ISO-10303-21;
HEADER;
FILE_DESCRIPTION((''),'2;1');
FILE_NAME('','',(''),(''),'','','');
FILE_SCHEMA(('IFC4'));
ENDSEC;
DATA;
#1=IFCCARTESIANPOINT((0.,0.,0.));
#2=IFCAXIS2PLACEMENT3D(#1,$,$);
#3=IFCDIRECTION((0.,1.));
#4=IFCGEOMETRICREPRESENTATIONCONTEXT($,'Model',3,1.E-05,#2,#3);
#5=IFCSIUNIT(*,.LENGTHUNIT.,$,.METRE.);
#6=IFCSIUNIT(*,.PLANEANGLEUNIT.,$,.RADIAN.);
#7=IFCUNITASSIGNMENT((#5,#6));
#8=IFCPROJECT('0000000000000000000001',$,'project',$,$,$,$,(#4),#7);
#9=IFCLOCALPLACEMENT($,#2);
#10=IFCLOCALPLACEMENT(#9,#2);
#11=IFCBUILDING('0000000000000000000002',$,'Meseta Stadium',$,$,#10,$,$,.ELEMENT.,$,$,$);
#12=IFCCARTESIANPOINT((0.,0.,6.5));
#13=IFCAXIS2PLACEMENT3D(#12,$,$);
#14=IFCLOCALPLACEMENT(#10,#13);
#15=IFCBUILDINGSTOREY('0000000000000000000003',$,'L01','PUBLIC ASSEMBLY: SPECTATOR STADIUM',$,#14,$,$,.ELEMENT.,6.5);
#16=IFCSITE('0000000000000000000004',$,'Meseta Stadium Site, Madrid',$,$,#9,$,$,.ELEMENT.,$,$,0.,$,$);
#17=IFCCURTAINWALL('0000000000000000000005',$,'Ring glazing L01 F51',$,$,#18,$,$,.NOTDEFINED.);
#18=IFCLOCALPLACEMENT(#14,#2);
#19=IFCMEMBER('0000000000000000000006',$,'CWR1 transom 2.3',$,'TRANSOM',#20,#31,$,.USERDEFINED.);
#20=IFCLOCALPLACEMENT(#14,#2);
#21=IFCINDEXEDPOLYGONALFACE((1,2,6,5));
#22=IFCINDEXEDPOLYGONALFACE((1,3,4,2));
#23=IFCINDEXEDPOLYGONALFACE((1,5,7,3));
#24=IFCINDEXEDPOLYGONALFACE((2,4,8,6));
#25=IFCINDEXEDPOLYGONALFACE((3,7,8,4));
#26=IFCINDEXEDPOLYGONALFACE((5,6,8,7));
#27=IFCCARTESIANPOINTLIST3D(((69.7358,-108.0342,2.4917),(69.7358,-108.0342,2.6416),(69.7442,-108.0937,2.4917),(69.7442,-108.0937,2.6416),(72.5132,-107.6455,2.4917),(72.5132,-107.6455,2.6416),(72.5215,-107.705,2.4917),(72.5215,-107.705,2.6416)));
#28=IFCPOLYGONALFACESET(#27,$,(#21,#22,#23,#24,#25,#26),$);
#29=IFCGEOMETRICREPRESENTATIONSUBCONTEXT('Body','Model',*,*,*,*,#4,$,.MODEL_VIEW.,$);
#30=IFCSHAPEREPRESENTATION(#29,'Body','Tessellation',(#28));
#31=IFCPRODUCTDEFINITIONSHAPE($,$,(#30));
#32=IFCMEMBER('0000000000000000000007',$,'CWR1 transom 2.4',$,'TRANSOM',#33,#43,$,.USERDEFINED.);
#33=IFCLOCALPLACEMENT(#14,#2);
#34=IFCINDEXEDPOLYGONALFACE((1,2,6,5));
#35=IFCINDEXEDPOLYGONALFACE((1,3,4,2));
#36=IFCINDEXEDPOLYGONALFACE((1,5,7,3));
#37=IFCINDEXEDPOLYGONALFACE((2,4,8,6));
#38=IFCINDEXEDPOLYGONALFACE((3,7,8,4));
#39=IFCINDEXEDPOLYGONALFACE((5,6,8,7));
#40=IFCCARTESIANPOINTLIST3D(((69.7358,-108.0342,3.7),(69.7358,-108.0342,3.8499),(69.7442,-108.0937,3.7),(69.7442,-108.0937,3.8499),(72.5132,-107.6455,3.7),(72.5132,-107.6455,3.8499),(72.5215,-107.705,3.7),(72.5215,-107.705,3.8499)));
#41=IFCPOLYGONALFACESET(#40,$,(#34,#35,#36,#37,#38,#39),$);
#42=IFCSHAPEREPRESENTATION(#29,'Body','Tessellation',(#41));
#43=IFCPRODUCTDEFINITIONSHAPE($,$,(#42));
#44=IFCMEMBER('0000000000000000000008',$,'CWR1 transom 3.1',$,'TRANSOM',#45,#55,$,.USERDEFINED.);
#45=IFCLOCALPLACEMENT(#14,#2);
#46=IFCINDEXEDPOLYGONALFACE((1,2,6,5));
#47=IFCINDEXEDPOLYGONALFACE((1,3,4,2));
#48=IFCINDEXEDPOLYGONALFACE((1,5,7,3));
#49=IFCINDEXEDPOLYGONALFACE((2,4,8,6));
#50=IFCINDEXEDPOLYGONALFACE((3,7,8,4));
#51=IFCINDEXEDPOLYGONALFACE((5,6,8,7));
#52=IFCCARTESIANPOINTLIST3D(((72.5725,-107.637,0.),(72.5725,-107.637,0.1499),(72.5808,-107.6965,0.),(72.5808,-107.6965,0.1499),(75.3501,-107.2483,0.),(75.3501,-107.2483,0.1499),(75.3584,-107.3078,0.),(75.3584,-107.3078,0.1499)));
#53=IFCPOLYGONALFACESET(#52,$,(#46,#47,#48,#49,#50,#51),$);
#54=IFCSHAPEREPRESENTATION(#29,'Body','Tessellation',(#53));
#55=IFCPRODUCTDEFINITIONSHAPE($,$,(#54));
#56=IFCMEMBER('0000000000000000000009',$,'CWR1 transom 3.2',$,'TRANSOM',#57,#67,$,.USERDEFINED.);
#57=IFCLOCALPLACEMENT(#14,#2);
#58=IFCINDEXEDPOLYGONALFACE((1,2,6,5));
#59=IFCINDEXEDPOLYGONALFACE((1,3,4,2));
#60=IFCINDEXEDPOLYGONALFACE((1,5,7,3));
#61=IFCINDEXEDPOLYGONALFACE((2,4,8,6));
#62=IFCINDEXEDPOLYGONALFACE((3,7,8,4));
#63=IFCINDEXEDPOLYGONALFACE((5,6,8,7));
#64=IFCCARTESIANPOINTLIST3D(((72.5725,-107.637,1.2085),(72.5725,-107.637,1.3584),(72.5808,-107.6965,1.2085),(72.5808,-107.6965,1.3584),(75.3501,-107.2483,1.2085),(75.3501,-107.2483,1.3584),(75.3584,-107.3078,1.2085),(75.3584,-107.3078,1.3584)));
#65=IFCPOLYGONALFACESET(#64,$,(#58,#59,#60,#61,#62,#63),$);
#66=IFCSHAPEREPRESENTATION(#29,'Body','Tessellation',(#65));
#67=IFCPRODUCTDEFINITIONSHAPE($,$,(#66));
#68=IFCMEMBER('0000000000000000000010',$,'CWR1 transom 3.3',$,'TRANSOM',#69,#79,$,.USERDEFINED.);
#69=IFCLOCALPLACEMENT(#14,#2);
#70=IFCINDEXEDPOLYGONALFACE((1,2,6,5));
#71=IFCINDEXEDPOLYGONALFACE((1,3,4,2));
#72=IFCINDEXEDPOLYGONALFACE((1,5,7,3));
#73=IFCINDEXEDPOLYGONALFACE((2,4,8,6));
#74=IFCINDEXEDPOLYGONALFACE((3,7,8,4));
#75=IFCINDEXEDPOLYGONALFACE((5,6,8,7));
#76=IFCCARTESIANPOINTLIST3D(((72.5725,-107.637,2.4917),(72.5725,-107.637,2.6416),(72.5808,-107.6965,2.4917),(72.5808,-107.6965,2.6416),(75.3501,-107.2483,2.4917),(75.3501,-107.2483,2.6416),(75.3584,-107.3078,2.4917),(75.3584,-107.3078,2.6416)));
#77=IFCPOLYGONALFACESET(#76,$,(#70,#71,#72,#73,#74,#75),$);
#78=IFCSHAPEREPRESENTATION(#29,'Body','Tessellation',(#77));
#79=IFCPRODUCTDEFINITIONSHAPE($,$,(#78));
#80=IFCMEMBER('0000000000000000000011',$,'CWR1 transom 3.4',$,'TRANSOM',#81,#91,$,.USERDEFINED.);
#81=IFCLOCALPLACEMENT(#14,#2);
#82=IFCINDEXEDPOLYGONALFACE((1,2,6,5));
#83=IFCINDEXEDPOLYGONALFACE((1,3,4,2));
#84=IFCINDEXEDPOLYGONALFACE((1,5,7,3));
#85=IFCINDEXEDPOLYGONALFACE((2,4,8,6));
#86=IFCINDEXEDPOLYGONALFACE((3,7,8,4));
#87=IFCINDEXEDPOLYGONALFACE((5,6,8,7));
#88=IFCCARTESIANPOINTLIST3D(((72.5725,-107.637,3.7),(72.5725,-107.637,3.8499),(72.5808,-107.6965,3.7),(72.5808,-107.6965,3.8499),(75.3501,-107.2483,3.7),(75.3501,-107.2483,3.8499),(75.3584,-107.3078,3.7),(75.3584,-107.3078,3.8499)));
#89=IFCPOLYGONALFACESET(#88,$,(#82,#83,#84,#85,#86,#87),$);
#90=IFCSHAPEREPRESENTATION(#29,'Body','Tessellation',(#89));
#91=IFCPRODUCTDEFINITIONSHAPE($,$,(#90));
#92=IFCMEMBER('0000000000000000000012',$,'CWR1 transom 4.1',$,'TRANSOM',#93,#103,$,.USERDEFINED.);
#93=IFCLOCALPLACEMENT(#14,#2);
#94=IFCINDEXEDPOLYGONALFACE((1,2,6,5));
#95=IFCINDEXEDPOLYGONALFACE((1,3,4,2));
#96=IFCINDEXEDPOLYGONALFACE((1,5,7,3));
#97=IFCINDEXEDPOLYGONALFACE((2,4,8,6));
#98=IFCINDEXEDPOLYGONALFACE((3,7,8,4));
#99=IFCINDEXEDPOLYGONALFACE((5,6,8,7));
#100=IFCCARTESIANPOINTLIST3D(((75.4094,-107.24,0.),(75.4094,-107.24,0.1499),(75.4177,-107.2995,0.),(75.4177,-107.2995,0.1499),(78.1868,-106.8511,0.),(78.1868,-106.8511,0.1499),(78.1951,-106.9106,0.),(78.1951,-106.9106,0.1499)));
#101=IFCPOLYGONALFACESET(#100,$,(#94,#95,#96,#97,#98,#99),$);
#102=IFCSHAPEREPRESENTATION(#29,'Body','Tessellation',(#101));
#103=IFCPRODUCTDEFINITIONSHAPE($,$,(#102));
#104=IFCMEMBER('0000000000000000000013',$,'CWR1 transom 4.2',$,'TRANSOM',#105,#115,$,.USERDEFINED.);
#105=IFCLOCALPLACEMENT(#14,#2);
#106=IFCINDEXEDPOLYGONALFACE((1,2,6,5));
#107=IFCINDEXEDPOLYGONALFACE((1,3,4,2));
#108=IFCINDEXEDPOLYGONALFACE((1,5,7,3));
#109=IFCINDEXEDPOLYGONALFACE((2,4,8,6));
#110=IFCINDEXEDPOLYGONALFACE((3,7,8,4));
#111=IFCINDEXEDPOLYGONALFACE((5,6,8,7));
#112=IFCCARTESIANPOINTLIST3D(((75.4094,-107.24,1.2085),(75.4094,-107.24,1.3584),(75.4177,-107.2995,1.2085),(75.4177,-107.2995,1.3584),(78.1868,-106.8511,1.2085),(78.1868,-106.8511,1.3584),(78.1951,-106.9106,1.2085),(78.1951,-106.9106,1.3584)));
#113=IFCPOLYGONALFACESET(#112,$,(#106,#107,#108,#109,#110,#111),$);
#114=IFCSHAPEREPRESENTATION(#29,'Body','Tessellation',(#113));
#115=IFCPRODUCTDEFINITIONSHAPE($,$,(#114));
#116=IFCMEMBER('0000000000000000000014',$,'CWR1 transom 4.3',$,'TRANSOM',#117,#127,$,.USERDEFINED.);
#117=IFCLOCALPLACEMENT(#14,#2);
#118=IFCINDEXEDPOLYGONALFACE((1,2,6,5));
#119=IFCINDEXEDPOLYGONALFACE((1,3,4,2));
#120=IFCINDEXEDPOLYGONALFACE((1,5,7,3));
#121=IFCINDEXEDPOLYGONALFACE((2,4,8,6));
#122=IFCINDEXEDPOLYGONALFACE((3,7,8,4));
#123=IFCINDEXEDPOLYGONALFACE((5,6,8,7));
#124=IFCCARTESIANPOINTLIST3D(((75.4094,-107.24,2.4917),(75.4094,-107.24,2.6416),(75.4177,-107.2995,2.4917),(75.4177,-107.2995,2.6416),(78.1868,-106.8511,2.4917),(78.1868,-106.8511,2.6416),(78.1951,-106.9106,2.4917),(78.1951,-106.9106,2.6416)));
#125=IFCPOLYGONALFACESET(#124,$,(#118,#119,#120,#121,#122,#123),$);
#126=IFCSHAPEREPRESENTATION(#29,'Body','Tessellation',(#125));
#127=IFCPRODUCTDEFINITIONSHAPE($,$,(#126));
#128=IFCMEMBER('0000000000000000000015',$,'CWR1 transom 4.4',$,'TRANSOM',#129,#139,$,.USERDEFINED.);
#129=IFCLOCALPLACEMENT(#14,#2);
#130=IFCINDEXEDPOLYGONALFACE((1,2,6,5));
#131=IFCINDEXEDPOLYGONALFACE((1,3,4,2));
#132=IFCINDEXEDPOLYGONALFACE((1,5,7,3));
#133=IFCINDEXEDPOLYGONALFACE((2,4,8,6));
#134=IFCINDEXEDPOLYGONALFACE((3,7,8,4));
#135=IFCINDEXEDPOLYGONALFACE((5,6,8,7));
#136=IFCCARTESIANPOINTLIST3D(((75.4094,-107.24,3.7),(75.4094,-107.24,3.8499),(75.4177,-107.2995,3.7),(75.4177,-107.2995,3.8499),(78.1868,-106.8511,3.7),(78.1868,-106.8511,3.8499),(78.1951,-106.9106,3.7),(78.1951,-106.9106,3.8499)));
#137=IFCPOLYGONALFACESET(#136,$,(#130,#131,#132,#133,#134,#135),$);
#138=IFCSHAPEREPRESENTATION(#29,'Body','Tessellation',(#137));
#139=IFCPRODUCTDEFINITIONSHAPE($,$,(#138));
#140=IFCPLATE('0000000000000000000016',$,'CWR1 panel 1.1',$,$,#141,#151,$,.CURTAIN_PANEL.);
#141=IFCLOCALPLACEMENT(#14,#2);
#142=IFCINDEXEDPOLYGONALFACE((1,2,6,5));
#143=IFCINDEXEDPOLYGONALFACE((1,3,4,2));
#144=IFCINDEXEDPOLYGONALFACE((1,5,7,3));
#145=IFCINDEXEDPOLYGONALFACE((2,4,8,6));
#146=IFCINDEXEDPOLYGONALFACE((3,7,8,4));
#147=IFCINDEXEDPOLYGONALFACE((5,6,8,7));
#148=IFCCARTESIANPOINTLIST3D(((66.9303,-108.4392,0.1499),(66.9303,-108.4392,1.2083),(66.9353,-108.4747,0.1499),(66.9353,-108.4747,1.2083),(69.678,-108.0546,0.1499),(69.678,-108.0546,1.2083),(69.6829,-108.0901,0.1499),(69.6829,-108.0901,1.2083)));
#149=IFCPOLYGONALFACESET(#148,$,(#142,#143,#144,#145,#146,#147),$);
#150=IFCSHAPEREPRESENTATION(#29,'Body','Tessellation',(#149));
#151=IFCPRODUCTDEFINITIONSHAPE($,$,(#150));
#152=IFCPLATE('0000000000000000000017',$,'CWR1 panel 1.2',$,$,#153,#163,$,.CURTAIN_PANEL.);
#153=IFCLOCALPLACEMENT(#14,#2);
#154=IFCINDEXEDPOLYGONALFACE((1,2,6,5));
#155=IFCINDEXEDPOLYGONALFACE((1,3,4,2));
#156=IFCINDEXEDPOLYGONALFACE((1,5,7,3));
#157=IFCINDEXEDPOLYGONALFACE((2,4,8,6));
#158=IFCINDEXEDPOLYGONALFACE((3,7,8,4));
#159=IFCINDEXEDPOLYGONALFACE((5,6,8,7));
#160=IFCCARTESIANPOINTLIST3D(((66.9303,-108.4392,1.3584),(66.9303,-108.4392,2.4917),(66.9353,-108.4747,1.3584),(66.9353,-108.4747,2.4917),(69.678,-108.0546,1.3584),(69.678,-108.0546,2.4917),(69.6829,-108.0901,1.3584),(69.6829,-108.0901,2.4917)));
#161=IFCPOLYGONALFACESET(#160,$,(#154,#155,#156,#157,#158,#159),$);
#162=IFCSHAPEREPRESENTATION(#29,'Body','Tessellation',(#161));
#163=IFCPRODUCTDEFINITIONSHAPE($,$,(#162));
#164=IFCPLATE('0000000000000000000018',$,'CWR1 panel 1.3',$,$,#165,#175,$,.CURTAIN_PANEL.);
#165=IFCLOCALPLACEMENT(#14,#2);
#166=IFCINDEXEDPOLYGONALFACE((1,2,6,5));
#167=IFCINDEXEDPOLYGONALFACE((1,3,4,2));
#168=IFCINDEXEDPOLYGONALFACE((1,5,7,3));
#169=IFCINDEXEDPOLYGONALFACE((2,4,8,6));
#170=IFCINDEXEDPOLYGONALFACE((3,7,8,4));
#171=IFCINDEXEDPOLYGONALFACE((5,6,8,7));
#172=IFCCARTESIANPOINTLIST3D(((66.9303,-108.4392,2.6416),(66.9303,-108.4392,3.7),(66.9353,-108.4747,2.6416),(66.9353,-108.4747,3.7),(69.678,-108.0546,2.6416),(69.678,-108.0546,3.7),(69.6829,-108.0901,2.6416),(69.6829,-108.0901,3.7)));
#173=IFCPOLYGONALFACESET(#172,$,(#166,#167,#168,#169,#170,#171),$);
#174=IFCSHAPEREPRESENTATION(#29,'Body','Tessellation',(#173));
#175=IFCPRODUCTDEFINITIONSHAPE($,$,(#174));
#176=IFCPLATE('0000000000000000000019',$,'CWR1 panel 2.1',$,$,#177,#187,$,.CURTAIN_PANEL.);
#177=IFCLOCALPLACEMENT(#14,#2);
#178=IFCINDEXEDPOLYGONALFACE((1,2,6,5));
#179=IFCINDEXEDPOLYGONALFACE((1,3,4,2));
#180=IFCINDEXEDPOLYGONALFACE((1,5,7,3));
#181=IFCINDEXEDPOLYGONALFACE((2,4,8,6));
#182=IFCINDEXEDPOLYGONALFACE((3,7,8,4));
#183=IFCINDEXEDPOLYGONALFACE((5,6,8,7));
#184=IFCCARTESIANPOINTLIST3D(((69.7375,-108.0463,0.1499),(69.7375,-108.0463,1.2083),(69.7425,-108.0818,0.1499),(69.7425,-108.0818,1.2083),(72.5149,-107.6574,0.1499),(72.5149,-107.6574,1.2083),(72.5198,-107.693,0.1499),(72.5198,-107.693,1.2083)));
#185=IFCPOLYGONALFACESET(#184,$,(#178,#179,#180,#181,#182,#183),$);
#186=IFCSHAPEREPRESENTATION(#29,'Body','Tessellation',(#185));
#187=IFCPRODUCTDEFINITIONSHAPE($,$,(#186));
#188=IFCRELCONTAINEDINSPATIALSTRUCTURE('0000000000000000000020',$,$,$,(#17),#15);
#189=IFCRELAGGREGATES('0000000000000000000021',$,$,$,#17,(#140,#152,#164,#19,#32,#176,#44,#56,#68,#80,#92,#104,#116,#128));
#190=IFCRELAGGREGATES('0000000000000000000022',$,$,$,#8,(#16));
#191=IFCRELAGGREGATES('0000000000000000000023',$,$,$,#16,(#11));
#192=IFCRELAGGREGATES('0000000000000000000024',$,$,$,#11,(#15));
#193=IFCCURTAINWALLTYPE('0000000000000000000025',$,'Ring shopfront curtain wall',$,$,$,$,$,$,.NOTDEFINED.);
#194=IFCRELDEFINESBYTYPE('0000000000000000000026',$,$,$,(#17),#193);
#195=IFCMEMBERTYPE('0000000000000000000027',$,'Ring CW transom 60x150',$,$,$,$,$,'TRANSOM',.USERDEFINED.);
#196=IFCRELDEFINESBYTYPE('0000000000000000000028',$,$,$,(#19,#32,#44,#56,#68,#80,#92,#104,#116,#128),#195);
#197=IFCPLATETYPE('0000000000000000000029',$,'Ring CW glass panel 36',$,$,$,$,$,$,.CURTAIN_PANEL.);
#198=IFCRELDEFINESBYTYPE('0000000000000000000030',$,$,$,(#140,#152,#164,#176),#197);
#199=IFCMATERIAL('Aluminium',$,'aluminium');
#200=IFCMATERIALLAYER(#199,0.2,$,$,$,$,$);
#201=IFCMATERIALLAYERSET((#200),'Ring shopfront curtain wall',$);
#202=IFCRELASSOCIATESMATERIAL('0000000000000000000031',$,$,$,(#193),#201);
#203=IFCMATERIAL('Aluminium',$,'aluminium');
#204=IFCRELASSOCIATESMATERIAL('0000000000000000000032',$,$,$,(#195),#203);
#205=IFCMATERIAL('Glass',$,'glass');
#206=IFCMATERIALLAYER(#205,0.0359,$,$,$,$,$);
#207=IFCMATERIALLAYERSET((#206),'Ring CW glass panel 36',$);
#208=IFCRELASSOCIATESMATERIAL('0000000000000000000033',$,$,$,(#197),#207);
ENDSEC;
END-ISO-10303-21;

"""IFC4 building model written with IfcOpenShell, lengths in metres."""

from ifc_helpers import new_model, si_unit, direction, frame, origin, origin_2d, place, context, subcontext, project, spatial, rectangle, extrude, material, layer, layer_set, material_profile, profile_set, type_object, element, aggregate, save


model = new_model("IFC4")

# Units and contexts
model_context = context("Model", 3, precision=1e-05, world=origin(), true_north=direction((0.0, 1.0)))
body_context = subcontext(model_context, "Body", "Model", "MODEL_VIEW")
ifc_project = project(units=[si_unit("LENGTHUNIT", "METRE"), si_unit("PLANEANGLEUNIT", "RADIAN")], contexts=[model_context])

# Site, building, storey
site_placement = place(None, origin())
site = spatial("IfcSite", under=ifc_project, at=site_placement, Name="Meseta Stadium Site, Madrid", CompositionType="ELEMENT", RefElevation=0.0)
building_placement = place(site_placement, origin())
building = spatial("IfcBuilding", under=site, at=building_placement, Name="Meseta Stadium", CompositionType="ELEMENT")
storey_placement = place(building_placement, frame((0.0, 0.0, 6.5)))
storey = spatial("IfcBuildingStorey", under=building, at=storey_placement, Name="L01", Description="PUBLIC ASSEMBLY: SPECTATOR STADIUM", CompositionType="ELEMENT", Elevation=6.5)

# Curtain wall, members, plates
ifc_material_1 = material(Name="Aluminium", Category="aluminium")
ifc_layer_1 = layer(ifc_material_1, 0.2)
ifc_layer_set_1 = layer_set([ifc_layer_1], Name="Ring shopfront curtain wall")
curtain_wall_type = type_object("IfcCurtainWallType", Name="Ring shopfront curtain wall", PredefinedType="NOTDEFINED", material=ifc_layer_set_1)
curtain_wall_placement = place(storey_placement, origin())
curtain_wall = element("IfcCurtainWall", 1, at=curtain_wall_placement, inside=storey, type_object=curtain_wall_type, Name="Ring glazing L01 F51", PredefinedType="NOTDEFINED")
ifc_material_2 = material(Name="Aluminium", Category="aluminium")
ifc_material_profile_1 = material_profile(ifc_material_2, rectangle(XDim=0.0601, YDim=0.1499, at=origin_2d()), Name="CW 60x150")
ifc_profile_set_1 = profile_set([ifc_material_profile_1], Name="Aluminium")
member_type_1 = type_object("IfcMemberType", Name="Ring CW transom 60x150", ElementType="TRANSOM", PredefinedType="USERDEFINED", material=ifc_profile_set_1)
member_1_placement = place(storey_placement, frame((69.74, -108.064, 2.5667), z_axis=(0.990349, 0.138593, 0.0), x_axis=(-0.138593, 0.990349, 0.0)))
member_1 = element("IfcMember", 2, at=member_1_placement, type_object=member_type_1, Name="CWR1 transom 2.3", ObjectType="TRANSOM", PredefinedType="USERDEFINED", context=body_context, shape_type="SweptSolid", body=[
    extrude(rectangle(XDim=0.0601, YDim=0.1499, at=origin_2d()), origin(), (0.0, 0.0, 1.0), 2.8044),
])
member_2_placement = place(storey_placement, frame((69.74, -108.064, 3.7749), z_axis=(0.990349, 0.138593, 0.0), x_axis=(-0.138593, 0.990349, 0.0)))
member_2 = element("IfcMember", 3, at=member_2_placement, type_object=member_type_1, Name="CWR1 transom 2.4", ObjectType="TRANSOM", PredefinedType="USERDEFINED", context=body_context, shape_type="SweptSolid", body=[
    extrude(rectangle(XDim=0.0601, YDim=0.1499, at=origin_2d()), origin(), (0.0, 0.0, 1.0), 2.8044),
])
member_3_placement = place(storey_placement, frame((72.5767, -107.6667, 0.075), z_axis=(0.990351, 0.138581, 0.0), x_axis=(-0.138581, 0.990351, 0.0)))
member_3 = element("IfcMember", 4, at=member_3_placement, type_object=member_type_1, Name="CWR1 transom 3.1", ObjectType="TRANSOM", PredefinedType="USERDEFINED", context=body_context, shape_type="SweptSolid", body=[
    extrude(rectangle(XDim=0.0601, YDim=0.1499, at=origin_2d()), origin(), (0.0, 0.0, 1.0), 2.8047),
])
member_4_placement = place(storey_placement, frame((72.5767, -107.6667, 1.2834), z_axis=(0.990351, 0.138581, 0.0), x_axis=(-0.138581, 0.990351, 0.0)))
member_4 = element("IfcMember", 5, at=member_4_placement, type_object=member_type_1, Name="CWR1 transom 3.2", ObjectType="TRANSOM", PredefinedType="USERDEFINED", context=body_context, shape_type="SweptSolid", body=[
    extrude(rectangle(XDim=0.0601, YDim=0.1499, at=origin_2d()), origin(), (0.0, 0.0, 1.0), 2.8047),
])
member_5_placement = place(storey_placement, frame((72.5767, -107.6667, 2.5667), z_axis=(0.990351, 0.138581, 0.0), x_axis=(-0.138581, 0.990351, 0.0)))
member_5 = element("IfcMember", 6, at=member_5_placement, type_object=member_type_1, Name="CWR1 transom 3.3", ObjectType="TRANSOM", PredefinedType="USERDEFINED", context=body_context, shape_type="SweptSolid", body=[
    extrude(rectangle(XDim=0.0601, YDim=0.1499, at=origin_2d()), origin(), (0.0, 0.0, 1.0), 2.8047),
])
member_6_placement = place(storey_placement, frame((72.5767, -107.6667, 3.7749), z_axis=(0.990351, 0.138581, 0.0), x_axis=(-0.138581, 0.990351, 0.0)))
member_6 = element("IfcMember", 7, at=member_6_placement, type_object=member_type_1, Name="CWR1 transom 3.4", ObjectType="TRANSOM", PredefinedType="USERDEFINED", context=body_context, shape_type="SweptSolid", body=[
    extrude(rectangle(XDim=0.0601, YDim=0.1499, at=origin_2d()), origin(), (0.0, 0.0, 1.0), 2.8047),
])
member_7_placement = place(storey_placement, frame((75.4136, -107.2698, 0.075), z_axis=(0.990337, 0.138679, 0.0), x_axis=(-0.138679, 0.990337, 0.0)))
member_7 = element("IfcMember", 8, at=member_7_placement, type_object=member_type_1, Name="CWR1 transom 4.1", ObjectType="TRANSOM", PredefinedType="USERDEFINED", context=body_context, shape_type="SweptSolid", body=[
    extrude(rectangle(XDim=0.0601, YDim=0.1499, at=origin_2d()), origin(), (0.0, 0.0, 1.0), 2.8044),
])
member_8_placement = place(storey_placement, frame((75.4136, -107.2698, 1.2834), z_axis=(0.990337, 0.138679, 0.0), x_axis=(-0.138679, 0.990337, 0.0)))
member_8 = element("IfcMember", 9, at=member_8_placement, type_object=member_type_1, Name="CWR1 transom 4.2", ObjectType="TRANSOM", PredefinedType="USERDEFINED", context=body_context, shape_type="SweptSolid", body=[
    extrude(rectangle(XDim=0.0601, YDim=0.1499, at=origin_2d()), origin(), (0.0, 0.0, 1.0), 2.8044),
])
member_9_placement = place(storey_placement, frame((75.4136, -107.2698, 2.5667), z_axis=(0.990337, 0.138679, 0.0), x_axis=(-0.138679, 0.990337, 0.0)))
member_9 = element("IfcMember", 10, at=member_9_placement, type_object=member_type_1, Name="CWR1 transom 4.3", ObjectType="TRANSOM", PredefinedType="USERDEFINED", context=body_context, shape_type="SweptSolid", body=[
    extrude(rectangle(XDim=0.0601, YDim=0.1499, at=origin_2d()), origin(), (0.0, 0.0, 1.0), 2.8044),
])
member_10_placement = place(storey_placement, frame((75.4136, -107.2698, 3.7749), z_axis=(0.990337, 0.138679, 0.0), x_axis=(-0.138679, 0.990337, 0.0)))
member_10 = element("IfcMember", 11, at=member_10_placement, type_object=member_type_1, Name="CWR1 transom 4.4", ObjectType="TRANSOM", PredefinedType="USERDEFINED", context=body_context, shape_type="SweptSolid", body=[
    extrude(rectangle(XDim=0.0601, YDim=0.1499, at=origin_2d()), origin(), (0.0, 0.0, 1.0), 2.8044),
])
ifc_material_3 = material(Name="Glass", Category="glass")
ifc_layer_2 = layer(ifc_material_3, 0.0359)
ifc_layer_set_2 = layer_set([ifc_layer_2], Name="Ring CW glass panel 36")
plate_type_1 = type_object("IfcPlateType", Name="Ring CW glass panel 36", PredefinedType="CURTAIN_PANEL", material=ifc_layer_set_2)
plate_1_placement = place(storey_placement, frame((68.3066, -108.2646, 0.1499), z_axis=(0.0, 0.0, 1.0), x_axis=(0.990342, 0.138643, 0.0)))
plate_1 = element("IfcPlate", 12, at=plate_1_placement, type_object=plate_type_1, Name="CWR1 panel 1.1", PredefinedType="CURTAIN_PANEL", context=body_context, shape_type="SweptSolid", body=[
    extrude(rectangle(XDim=2.7744, YDim=0.0359, at=origin_2d()), origin(), (0.0, 0.0, 1.0), 1.0583),
])
plate_2_placement = place(storey_placement, frame((68.3066, -108.2646, 1.3584), z_axis=(0.0, 0.0, 1.0), x_axis=(0.990342, 0.138643, 0.0)))
plate_2 = element("IfcPlate", 13, at=plate_2_placement, type_object=plate_type_1, Name="CWR1 panel 1.2", PredefinedType="CURTAIN_PANEL", context=body_context, shape_type="SweptSolid", body=[
    extrude(rectangle(XDim=2.7744, YDim=0.0359, at=origin_2d()), origin(), (0.0, 0.0, 1.0), 1.1333),
])
plate_3_placement = place(storey_placement, frame((68.3066, -108.2646, 2.6416), z_axis=(0.0, 0.0, 1.0), x_axis=(0.990342, 0.138643, 0.0)))
plate_3 = element("IfcPlate", 14, at=plate_3_placement, type_object=plate_type_1, Name="CWR1 panel 1.3", PredefinedType="CURTAIN_PANEL", context=body_context, shape_type="SweptSolid", body=[
    extrude(rectangle(XDim=2.7744, YDim=0.0359, at=origin_2d()), origin(), (0.0, 0.0, 1.0), 1.0583),
])
plate_4_placement = place(storey_placement, frame((71.1287, -107.8696, 0.1499), z_axis=(0.0, 0.0, 1.0), x_axis=(0.990342, 0.138643, 0.0)))
plate_4 = element("IfcPlate", 15, at=plate_4_placement, type_object=plate_type_1, Name="CWR1 panel 2.1", PredefinedType="CURTAIN_PANEL", context=body_context, shape_type="SweptSolid", body=[
    extrude(rectangle(XDim=2.8044, YDim=0.0359, at=origin_2d()), origin(), (0.0, 0.0, 1.0), 1.0583),
])
aggregate(curtain_wall, [plate_1, plate_2, plate_3, member_1, member_2, plate_4, member_3, member_4, member_5, member_6, member_7, member_8, member_9, member_10])

save(model, "model.ifc")
